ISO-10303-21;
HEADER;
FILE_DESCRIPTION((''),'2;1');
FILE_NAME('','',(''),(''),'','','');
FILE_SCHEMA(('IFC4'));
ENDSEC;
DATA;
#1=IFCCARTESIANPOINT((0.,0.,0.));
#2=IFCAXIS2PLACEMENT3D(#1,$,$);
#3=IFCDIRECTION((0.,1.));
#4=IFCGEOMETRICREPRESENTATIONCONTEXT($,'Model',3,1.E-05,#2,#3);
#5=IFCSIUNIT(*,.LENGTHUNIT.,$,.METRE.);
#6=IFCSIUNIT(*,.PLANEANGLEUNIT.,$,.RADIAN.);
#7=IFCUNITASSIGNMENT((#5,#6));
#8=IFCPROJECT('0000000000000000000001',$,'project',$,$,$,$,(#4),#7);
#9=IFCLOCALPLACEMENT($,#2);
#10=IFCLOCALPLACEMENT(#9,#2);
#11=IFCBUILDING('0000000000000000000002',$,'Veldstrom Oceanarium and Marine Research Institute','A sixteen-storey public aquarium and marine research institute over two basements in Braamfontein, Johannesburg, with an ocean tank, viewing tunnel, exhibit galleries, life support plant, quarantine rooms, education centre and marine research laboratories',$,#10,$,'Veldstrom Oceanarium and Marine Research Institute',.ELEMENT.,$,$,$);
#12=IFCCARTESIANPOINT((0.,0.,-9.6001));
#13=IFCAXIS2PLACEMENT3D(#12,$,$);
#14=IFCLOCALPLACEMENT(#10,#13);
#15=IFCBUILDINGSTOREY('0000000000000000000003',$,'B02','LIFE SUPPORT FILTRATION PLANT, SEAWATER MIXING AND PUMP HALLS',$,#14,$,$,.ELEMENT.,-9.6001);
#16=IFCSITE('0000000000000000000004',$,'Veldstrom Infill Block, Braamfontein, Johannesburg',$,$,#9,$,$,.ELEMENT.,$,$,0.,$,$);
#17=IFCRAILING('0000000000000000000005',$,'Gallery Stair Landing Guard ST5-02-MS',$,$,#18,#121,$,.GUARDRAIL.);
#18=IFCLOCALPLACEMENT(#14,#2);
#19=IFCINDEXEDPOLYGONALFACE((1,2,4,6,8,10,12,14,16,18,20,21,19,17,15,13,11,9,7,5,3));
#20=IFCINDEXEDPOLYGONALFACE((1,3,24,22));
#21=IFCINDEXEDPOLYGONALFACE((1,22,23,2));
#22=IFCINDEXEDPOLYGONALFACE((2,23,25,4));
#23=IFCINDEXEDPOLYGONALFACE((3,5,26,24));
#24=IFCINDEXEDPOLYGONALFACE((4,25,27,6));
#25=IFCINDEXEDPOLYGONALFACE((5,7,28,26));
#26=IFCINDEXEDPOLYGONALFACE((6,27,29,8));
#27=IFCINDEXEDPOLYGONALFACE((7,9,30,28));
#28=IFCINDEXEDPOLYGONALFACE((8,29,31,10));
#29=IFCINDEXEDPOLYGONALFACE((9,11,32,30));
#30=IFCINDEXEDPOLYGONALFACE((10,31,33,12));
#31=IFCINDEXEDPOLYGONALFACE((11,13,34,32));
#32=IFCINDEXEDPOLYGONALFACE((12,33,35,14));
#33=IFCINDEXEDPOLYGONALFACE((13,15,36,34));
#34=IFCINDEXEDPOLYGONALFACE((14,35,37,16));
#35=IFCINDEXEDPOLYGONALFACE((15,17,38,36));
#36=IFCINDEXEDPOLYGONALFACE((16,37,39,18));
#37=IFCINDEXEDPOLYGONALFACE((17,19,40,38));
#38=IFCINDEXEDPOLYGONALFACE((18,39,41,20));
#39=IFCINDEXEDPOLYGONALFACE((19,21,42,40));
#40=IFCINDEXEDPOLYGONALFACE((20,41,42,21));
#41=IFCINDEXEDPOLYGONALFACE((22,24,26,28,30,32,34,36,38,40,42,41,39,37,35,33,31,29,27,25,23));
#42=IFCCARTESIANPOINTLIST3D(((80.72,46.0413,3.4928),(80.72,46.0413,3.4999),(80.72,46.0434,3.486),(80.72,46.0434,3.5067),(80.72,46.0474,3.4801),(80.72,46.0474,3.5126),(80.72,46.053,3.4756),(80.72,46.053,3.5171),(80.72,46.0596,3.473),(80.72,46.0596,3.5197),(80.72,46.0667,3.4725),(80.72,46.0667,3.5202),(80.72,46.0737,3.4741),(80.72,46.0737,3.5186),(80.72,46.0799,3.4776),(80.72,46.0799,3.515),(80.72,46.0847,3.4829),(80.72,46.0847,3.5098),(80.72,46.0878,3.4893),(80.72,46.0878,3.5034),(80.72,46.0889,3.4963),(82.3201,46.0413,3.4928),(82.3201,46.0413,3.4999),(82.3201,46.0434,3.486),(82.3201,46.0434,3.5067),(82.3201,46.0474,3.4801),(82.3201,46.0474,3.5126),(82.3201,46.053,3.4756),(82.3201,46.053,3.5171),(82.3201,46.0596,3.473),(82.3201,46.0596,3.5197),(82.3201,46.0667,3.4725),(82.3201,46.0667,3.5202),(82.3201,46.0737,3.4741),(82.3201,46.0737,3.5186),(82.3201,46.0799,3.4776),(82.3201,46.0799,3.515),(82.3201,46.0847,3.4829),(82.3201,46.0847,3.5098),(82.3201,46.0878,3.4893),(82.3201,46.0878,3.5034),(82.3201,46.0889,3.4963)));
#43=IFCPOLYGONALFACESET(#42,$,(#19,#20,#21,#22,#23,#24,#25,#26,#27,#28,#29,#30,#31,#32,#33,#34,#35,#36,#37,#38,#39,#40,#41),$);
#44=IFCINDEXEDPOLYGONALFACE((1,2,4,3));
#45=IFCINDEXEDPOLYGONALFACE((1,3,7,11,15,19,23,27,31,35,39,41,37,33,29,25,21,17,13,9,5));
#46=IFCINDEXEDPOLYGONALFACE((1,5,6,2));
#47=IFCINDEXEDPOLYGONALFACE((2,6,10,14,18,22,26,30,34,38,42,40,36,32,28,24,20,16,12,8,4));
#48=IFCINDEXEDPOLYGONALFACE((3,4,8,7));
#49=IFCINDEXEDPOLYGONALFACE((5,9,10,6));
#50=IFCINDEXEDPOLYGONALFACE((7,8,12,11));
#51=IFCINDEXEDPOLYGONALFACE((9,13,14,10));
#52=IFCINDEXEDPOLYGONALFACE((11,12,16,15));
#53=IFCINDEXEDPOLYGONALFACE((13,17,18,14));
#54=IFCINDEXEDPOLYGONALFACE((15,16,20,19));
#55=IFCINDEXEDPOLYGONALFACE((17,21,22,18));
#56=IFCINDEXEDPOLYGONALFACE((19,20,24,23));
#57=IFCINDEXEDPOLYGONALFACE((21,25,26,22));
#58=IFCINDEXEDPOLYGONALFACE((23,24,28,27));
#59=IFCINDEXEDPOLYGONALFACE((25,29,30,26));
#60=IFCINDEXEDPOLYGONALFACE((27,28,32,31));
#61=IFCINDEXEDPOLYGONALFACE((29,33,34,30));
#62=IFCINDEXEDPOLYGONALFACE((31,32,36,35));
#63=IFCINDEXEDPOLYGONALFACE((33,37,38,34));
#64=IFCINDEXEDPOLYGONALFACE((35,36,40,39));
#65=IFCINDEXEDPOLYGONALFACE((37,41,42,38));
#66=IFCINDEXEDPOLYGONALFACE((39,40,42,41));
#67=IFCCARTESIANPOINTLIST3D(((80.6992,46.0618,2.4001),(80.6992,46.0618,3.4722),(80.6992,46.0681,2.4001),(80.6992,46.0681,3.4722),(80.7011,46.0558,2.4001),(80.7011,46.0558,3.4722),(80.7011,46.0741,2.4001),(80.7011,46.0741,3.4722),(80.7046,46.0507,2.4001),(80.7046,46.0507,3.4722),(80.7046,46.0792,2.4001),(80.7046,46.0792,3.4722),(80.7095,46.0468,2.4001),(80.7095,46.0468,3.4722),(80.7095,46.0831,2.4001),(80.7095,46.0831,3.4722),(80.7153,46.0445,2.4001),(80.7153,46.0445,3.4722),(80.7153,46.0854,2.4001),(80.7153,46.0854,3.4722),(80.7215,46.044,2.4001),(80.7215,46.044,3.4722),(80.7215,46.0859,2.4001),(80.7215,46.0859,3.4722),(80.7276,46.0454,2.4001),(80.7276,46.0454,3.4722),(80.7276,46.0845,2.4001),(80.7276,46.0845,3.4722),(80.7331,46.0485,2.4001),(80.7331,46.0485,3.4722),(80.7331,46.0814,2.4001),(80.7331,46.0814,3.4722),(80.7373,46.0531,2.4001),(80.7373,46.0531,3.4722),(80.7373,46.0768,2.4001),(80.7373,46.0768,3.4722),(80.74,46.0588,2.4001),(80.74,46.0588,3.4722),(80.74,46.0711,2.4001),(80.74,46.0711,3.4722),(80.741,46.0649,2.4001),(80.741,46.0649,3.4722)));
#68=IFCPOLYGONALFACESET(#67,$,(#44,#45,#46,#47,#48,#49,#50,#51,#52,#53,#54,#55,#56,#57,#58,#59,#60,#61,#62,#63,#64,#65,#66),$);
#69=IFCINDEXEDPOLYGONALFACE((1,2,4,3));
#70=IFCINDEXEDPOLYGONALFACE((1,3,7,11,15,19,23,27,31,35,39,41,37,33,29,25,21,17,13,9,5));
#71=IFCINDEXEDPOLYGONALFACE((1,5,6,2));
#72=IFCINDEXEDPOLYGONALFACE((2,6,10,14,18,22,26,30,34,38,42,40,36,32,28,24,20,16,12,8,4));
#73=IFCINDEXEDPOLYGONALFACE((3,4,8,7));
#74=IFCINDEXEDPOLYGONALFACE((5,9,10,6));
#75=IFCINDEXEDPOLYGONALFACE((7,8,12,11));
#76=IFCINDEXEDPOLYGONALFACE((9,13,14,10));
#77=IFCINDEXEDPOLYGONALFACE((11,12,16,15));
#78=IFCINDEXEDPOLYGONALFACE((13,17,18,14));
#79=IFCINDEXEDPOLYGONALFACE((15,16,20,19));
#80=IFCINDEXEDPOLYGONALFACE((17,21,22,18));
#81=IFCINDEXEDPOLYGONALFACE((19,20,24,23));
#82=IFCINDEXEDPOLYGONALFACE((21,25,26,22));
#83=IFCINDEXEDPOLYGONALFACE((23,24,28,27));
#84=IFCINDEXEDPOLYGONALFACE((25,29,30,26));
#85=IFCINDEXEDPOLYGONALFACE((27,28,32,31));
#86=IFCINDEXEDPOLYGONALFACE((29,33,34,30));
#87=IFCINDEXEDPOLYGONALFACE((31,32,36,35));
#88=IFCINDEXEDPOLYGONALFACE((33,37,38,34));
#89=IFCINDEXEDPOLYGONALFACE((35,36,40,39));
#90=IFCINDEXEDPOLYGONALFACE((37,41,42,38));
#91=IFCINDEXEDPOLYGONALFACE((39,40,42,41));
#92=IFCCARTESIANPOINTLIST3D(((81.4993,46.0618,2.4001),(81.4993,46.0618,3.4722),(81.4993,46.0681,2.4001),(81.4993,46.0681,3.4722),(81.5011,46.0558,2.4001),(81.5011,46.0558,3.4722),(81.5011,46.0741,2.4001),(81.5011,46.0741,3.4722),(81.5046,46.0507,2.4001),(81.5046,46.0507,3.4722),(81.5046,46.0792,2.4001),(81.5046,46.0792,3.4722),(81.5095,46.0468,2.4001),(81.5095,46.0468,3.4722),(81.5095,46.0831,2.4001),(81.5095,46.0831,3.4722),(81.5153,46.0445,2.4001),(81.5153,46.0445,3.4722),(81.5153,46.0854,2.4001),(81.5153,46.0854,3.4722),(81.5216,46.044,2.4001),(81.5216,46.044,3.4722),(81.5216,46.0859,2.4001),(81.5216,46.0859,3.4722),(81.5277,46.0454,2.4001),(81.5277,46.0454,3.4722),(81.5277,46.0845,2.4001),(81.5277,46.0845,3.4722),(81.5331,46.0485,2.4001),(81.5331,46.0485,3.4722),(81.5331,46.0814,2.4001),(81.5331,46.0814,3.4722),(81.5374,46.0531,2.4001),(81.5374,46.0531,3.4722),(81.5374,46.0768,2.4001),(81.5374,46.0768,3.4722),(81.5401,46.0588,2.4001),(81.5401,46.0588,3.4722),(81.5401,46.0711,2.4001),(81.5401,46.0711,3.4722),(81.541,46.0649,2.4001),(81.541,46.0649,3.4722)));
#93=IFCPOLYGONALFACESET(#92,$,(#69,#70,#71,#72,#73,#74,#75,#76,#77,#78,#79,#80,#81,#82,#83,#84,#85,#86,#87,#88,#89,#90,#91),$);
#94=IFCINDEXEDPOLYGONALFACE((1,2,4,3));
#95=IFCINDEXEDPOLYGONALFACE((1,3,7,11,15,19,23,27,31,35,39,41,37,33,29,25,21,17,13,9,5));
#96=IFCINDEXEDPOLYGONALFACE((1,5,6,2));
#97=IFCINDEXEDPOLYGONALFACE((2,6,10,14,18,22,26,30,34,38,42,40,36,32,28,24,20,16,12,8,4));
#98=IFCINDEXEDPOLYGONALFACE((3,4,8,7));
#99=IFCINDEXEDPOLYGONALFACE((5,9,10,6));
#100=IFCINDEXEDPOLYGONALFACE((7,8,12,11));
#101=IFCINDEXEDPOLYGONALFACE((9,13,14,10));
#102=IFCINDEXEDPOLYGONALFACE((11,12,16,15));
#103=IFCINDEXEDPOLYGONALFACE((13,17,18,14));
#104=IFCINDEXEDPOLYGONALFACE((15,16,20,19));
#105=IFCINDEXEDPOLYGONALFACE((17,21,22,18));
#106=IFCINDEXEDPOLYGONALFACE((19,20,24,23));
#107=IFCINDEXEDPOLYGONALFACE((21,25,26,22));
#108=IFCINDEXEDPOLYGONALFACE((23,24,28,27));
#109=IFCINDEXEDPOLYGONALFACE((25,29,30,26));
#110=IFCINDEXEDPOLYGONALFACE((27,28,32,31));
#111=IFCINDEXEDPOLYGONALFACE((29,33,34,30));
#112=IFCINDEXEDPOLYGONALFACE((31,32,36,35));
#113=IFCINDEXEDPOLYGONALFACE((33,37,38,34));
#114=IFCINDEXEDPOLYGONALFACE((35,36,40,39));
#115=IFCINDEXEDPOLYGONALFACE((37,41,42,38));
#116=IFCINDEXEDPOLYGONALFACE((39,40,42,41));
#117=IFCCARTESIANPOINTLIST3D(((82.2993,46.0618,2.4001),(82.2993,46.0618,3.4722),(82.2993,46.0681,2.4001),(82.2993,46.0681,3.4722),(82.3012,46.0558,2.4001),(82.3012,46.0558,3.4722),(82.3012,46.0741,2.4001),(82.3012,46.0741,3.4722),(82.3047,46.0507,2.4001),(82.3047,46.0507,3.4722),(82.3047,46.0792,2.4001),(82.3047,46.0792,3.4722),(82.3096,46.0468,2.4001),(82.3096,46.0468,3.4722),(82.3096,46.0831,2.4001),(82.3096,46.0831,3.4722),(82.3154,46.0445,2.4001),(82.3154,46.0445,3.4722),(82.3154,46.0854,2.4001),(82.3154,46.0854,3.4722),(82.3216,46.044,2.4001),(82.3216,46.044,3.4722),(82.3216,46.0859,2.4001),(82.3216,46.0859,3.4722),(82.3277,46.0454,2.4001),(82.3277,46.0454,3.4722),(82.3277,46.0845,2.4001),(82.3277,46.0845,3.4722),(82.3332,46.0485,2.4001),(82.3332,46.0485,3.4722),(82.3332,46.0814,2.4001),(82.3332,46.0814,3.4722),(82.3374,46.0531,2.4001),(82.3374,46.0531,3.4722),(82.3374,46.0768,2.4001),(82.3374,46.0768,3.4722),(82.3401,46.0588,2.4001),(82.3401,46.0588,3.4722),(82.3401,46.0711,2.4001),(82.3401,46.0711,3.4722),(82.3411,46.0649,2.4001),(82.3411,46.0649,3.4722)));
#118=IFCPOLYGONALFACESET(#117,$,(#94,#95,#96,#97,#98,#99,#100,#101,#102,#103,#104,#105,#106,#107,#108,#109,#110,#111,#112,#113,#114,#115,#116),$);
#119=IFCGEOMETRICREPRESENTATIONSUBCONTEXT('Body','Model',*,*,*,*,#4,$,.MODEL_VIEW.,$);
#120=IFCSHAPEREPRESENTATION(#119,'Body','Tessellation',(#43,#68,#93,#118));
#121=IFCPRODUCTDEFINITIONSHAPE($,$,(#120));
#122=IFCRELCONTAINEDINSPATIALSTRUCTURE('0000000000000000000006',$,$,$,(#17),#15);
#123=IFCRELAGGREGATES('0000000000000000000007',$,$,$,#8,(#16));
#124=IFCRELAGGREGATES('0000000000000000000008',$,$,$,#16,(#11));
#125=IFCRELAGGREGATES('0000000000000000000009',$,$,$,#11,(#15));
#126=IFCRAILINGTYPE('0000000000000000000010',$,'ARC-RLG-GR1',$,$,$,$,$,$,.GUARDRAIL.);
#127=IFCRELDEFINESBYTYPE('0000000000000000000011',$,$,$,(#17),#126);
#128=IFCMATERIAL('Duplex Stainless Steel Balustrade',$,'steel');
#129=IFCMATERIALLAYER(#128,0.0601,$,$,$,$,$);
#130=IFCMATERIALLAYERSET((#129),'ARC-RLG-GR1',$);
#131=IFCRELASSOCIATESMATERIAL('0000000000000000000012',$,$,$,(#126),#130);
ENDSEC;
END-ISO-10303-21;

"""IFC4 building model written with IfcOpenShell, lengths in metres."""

from ifc_helpers import new_model, si_unit, direction, frame, origin, origin_2d, place, context, subcontext, project, spatial, circle, extrude, material, layer, layer_set, type_object, element, save


model = new_model("IFC4")

# Units and contexts
model_context = context("Model", 3, precision=1e-05, world=origin(), true_north=direction((0.0, 1.0)))
body_context = subcontext(model_context, "Body", "Model", "MODEL_VIEW")
ifc_project = project(units=[si_unit("LENGTHUNIT", "METRE"), si_unit("PLANEANGLEUNIT", "RADIAN")], contexts=[model_context])

# Site, building, storey
site_placement = place(None, origin())
site = spatial("IfcSite", under=ifc_project, at=site_placement, Name="Veldstrom Infill Block, Braamfontein, Johannesburg", CompositionType="ELEMENT", RefElevation=0.0)
building_placement = place(site_placement, origin())
building = spatial("IfcBuilding", under=site, at=building_placement, Name="Veldstrom Oceanarium and Marine Research Institute", Description="A sixteen-storey public aquarium and marine research institute over two basements in Braamfontein, Johannesburg, with an ocean tank, viewing tunnel, exhibit galleries, life support plant, quarantine rooms, education centre and marine research laboratories", LongName="Veldstrom Oceanarium and Marine Research Institute", CompositionType="ELEMENT")
storey_placement = place(building_placement, frame((0.0, 0.0, -9.6001)))
storey = spatial("IfcBuildingStorey", under=building, at=storey_placement, Name="B02", Description="LIFE SUPPORT FILTRATION PLANT, SEAWATER MIXING AND PUMP HALLS", CompositionType="ELEMENT", Elevation=-9.6001)

# Railing
ifc_material_1 = material(Name="Duplex Stainless Steel Balustrade", Category="steel")
ifc_layer_1 = layer(ifc_material_1, 0.0601)
ifc_layer_set_1 = layer_set([ifc_layer_1], Name="ARC-RLG-GR1")
railing_type = type_object("IfcRailingType", Name="ARC-RLG-GR1", PredefinedType="GUARDRAIL", material=ifc_layer_set_1)
railing_1_placement = place(storey_placement, frame((80.72, 46.0649, 2.4001)))
element("IfcRailing", 1, at=railing_1_placement, inside=storey, type_object=railing_type, Name="Gallery Stair Landing Guard ST5-02-MS", PredefinedType="GUARDRAIL", context=body_context, shape_type="SweptSolid", body=[
    extrude(circle(Radius=0.0239, at=origin_2d()), frame((0.0, 0.0, 1.0962), z_axis=(1.0, 0.0, 0.0), x_axis=(0.0, 1.0, 0.0)), (0.0, 0.0, 1.0), 1.6001),
    extrude(circle(Radius=0.021, at=origin_2d()), origin(), (0.0, 0.0, 1.0), 1.072),
    extrude(circle(Radius=0.021, at=origin_2d()), frame((0.8, 0.0, 0.0)), (0.0, 0.0, 1.0), 1.072),
    extrude(circle(Radius=0.021, at=origin_2d()), frame((1.6001, 0.0, 0.0)), (0.0, 0.0, 1.0), 1.072),
])

save(model, "model.ifc")
